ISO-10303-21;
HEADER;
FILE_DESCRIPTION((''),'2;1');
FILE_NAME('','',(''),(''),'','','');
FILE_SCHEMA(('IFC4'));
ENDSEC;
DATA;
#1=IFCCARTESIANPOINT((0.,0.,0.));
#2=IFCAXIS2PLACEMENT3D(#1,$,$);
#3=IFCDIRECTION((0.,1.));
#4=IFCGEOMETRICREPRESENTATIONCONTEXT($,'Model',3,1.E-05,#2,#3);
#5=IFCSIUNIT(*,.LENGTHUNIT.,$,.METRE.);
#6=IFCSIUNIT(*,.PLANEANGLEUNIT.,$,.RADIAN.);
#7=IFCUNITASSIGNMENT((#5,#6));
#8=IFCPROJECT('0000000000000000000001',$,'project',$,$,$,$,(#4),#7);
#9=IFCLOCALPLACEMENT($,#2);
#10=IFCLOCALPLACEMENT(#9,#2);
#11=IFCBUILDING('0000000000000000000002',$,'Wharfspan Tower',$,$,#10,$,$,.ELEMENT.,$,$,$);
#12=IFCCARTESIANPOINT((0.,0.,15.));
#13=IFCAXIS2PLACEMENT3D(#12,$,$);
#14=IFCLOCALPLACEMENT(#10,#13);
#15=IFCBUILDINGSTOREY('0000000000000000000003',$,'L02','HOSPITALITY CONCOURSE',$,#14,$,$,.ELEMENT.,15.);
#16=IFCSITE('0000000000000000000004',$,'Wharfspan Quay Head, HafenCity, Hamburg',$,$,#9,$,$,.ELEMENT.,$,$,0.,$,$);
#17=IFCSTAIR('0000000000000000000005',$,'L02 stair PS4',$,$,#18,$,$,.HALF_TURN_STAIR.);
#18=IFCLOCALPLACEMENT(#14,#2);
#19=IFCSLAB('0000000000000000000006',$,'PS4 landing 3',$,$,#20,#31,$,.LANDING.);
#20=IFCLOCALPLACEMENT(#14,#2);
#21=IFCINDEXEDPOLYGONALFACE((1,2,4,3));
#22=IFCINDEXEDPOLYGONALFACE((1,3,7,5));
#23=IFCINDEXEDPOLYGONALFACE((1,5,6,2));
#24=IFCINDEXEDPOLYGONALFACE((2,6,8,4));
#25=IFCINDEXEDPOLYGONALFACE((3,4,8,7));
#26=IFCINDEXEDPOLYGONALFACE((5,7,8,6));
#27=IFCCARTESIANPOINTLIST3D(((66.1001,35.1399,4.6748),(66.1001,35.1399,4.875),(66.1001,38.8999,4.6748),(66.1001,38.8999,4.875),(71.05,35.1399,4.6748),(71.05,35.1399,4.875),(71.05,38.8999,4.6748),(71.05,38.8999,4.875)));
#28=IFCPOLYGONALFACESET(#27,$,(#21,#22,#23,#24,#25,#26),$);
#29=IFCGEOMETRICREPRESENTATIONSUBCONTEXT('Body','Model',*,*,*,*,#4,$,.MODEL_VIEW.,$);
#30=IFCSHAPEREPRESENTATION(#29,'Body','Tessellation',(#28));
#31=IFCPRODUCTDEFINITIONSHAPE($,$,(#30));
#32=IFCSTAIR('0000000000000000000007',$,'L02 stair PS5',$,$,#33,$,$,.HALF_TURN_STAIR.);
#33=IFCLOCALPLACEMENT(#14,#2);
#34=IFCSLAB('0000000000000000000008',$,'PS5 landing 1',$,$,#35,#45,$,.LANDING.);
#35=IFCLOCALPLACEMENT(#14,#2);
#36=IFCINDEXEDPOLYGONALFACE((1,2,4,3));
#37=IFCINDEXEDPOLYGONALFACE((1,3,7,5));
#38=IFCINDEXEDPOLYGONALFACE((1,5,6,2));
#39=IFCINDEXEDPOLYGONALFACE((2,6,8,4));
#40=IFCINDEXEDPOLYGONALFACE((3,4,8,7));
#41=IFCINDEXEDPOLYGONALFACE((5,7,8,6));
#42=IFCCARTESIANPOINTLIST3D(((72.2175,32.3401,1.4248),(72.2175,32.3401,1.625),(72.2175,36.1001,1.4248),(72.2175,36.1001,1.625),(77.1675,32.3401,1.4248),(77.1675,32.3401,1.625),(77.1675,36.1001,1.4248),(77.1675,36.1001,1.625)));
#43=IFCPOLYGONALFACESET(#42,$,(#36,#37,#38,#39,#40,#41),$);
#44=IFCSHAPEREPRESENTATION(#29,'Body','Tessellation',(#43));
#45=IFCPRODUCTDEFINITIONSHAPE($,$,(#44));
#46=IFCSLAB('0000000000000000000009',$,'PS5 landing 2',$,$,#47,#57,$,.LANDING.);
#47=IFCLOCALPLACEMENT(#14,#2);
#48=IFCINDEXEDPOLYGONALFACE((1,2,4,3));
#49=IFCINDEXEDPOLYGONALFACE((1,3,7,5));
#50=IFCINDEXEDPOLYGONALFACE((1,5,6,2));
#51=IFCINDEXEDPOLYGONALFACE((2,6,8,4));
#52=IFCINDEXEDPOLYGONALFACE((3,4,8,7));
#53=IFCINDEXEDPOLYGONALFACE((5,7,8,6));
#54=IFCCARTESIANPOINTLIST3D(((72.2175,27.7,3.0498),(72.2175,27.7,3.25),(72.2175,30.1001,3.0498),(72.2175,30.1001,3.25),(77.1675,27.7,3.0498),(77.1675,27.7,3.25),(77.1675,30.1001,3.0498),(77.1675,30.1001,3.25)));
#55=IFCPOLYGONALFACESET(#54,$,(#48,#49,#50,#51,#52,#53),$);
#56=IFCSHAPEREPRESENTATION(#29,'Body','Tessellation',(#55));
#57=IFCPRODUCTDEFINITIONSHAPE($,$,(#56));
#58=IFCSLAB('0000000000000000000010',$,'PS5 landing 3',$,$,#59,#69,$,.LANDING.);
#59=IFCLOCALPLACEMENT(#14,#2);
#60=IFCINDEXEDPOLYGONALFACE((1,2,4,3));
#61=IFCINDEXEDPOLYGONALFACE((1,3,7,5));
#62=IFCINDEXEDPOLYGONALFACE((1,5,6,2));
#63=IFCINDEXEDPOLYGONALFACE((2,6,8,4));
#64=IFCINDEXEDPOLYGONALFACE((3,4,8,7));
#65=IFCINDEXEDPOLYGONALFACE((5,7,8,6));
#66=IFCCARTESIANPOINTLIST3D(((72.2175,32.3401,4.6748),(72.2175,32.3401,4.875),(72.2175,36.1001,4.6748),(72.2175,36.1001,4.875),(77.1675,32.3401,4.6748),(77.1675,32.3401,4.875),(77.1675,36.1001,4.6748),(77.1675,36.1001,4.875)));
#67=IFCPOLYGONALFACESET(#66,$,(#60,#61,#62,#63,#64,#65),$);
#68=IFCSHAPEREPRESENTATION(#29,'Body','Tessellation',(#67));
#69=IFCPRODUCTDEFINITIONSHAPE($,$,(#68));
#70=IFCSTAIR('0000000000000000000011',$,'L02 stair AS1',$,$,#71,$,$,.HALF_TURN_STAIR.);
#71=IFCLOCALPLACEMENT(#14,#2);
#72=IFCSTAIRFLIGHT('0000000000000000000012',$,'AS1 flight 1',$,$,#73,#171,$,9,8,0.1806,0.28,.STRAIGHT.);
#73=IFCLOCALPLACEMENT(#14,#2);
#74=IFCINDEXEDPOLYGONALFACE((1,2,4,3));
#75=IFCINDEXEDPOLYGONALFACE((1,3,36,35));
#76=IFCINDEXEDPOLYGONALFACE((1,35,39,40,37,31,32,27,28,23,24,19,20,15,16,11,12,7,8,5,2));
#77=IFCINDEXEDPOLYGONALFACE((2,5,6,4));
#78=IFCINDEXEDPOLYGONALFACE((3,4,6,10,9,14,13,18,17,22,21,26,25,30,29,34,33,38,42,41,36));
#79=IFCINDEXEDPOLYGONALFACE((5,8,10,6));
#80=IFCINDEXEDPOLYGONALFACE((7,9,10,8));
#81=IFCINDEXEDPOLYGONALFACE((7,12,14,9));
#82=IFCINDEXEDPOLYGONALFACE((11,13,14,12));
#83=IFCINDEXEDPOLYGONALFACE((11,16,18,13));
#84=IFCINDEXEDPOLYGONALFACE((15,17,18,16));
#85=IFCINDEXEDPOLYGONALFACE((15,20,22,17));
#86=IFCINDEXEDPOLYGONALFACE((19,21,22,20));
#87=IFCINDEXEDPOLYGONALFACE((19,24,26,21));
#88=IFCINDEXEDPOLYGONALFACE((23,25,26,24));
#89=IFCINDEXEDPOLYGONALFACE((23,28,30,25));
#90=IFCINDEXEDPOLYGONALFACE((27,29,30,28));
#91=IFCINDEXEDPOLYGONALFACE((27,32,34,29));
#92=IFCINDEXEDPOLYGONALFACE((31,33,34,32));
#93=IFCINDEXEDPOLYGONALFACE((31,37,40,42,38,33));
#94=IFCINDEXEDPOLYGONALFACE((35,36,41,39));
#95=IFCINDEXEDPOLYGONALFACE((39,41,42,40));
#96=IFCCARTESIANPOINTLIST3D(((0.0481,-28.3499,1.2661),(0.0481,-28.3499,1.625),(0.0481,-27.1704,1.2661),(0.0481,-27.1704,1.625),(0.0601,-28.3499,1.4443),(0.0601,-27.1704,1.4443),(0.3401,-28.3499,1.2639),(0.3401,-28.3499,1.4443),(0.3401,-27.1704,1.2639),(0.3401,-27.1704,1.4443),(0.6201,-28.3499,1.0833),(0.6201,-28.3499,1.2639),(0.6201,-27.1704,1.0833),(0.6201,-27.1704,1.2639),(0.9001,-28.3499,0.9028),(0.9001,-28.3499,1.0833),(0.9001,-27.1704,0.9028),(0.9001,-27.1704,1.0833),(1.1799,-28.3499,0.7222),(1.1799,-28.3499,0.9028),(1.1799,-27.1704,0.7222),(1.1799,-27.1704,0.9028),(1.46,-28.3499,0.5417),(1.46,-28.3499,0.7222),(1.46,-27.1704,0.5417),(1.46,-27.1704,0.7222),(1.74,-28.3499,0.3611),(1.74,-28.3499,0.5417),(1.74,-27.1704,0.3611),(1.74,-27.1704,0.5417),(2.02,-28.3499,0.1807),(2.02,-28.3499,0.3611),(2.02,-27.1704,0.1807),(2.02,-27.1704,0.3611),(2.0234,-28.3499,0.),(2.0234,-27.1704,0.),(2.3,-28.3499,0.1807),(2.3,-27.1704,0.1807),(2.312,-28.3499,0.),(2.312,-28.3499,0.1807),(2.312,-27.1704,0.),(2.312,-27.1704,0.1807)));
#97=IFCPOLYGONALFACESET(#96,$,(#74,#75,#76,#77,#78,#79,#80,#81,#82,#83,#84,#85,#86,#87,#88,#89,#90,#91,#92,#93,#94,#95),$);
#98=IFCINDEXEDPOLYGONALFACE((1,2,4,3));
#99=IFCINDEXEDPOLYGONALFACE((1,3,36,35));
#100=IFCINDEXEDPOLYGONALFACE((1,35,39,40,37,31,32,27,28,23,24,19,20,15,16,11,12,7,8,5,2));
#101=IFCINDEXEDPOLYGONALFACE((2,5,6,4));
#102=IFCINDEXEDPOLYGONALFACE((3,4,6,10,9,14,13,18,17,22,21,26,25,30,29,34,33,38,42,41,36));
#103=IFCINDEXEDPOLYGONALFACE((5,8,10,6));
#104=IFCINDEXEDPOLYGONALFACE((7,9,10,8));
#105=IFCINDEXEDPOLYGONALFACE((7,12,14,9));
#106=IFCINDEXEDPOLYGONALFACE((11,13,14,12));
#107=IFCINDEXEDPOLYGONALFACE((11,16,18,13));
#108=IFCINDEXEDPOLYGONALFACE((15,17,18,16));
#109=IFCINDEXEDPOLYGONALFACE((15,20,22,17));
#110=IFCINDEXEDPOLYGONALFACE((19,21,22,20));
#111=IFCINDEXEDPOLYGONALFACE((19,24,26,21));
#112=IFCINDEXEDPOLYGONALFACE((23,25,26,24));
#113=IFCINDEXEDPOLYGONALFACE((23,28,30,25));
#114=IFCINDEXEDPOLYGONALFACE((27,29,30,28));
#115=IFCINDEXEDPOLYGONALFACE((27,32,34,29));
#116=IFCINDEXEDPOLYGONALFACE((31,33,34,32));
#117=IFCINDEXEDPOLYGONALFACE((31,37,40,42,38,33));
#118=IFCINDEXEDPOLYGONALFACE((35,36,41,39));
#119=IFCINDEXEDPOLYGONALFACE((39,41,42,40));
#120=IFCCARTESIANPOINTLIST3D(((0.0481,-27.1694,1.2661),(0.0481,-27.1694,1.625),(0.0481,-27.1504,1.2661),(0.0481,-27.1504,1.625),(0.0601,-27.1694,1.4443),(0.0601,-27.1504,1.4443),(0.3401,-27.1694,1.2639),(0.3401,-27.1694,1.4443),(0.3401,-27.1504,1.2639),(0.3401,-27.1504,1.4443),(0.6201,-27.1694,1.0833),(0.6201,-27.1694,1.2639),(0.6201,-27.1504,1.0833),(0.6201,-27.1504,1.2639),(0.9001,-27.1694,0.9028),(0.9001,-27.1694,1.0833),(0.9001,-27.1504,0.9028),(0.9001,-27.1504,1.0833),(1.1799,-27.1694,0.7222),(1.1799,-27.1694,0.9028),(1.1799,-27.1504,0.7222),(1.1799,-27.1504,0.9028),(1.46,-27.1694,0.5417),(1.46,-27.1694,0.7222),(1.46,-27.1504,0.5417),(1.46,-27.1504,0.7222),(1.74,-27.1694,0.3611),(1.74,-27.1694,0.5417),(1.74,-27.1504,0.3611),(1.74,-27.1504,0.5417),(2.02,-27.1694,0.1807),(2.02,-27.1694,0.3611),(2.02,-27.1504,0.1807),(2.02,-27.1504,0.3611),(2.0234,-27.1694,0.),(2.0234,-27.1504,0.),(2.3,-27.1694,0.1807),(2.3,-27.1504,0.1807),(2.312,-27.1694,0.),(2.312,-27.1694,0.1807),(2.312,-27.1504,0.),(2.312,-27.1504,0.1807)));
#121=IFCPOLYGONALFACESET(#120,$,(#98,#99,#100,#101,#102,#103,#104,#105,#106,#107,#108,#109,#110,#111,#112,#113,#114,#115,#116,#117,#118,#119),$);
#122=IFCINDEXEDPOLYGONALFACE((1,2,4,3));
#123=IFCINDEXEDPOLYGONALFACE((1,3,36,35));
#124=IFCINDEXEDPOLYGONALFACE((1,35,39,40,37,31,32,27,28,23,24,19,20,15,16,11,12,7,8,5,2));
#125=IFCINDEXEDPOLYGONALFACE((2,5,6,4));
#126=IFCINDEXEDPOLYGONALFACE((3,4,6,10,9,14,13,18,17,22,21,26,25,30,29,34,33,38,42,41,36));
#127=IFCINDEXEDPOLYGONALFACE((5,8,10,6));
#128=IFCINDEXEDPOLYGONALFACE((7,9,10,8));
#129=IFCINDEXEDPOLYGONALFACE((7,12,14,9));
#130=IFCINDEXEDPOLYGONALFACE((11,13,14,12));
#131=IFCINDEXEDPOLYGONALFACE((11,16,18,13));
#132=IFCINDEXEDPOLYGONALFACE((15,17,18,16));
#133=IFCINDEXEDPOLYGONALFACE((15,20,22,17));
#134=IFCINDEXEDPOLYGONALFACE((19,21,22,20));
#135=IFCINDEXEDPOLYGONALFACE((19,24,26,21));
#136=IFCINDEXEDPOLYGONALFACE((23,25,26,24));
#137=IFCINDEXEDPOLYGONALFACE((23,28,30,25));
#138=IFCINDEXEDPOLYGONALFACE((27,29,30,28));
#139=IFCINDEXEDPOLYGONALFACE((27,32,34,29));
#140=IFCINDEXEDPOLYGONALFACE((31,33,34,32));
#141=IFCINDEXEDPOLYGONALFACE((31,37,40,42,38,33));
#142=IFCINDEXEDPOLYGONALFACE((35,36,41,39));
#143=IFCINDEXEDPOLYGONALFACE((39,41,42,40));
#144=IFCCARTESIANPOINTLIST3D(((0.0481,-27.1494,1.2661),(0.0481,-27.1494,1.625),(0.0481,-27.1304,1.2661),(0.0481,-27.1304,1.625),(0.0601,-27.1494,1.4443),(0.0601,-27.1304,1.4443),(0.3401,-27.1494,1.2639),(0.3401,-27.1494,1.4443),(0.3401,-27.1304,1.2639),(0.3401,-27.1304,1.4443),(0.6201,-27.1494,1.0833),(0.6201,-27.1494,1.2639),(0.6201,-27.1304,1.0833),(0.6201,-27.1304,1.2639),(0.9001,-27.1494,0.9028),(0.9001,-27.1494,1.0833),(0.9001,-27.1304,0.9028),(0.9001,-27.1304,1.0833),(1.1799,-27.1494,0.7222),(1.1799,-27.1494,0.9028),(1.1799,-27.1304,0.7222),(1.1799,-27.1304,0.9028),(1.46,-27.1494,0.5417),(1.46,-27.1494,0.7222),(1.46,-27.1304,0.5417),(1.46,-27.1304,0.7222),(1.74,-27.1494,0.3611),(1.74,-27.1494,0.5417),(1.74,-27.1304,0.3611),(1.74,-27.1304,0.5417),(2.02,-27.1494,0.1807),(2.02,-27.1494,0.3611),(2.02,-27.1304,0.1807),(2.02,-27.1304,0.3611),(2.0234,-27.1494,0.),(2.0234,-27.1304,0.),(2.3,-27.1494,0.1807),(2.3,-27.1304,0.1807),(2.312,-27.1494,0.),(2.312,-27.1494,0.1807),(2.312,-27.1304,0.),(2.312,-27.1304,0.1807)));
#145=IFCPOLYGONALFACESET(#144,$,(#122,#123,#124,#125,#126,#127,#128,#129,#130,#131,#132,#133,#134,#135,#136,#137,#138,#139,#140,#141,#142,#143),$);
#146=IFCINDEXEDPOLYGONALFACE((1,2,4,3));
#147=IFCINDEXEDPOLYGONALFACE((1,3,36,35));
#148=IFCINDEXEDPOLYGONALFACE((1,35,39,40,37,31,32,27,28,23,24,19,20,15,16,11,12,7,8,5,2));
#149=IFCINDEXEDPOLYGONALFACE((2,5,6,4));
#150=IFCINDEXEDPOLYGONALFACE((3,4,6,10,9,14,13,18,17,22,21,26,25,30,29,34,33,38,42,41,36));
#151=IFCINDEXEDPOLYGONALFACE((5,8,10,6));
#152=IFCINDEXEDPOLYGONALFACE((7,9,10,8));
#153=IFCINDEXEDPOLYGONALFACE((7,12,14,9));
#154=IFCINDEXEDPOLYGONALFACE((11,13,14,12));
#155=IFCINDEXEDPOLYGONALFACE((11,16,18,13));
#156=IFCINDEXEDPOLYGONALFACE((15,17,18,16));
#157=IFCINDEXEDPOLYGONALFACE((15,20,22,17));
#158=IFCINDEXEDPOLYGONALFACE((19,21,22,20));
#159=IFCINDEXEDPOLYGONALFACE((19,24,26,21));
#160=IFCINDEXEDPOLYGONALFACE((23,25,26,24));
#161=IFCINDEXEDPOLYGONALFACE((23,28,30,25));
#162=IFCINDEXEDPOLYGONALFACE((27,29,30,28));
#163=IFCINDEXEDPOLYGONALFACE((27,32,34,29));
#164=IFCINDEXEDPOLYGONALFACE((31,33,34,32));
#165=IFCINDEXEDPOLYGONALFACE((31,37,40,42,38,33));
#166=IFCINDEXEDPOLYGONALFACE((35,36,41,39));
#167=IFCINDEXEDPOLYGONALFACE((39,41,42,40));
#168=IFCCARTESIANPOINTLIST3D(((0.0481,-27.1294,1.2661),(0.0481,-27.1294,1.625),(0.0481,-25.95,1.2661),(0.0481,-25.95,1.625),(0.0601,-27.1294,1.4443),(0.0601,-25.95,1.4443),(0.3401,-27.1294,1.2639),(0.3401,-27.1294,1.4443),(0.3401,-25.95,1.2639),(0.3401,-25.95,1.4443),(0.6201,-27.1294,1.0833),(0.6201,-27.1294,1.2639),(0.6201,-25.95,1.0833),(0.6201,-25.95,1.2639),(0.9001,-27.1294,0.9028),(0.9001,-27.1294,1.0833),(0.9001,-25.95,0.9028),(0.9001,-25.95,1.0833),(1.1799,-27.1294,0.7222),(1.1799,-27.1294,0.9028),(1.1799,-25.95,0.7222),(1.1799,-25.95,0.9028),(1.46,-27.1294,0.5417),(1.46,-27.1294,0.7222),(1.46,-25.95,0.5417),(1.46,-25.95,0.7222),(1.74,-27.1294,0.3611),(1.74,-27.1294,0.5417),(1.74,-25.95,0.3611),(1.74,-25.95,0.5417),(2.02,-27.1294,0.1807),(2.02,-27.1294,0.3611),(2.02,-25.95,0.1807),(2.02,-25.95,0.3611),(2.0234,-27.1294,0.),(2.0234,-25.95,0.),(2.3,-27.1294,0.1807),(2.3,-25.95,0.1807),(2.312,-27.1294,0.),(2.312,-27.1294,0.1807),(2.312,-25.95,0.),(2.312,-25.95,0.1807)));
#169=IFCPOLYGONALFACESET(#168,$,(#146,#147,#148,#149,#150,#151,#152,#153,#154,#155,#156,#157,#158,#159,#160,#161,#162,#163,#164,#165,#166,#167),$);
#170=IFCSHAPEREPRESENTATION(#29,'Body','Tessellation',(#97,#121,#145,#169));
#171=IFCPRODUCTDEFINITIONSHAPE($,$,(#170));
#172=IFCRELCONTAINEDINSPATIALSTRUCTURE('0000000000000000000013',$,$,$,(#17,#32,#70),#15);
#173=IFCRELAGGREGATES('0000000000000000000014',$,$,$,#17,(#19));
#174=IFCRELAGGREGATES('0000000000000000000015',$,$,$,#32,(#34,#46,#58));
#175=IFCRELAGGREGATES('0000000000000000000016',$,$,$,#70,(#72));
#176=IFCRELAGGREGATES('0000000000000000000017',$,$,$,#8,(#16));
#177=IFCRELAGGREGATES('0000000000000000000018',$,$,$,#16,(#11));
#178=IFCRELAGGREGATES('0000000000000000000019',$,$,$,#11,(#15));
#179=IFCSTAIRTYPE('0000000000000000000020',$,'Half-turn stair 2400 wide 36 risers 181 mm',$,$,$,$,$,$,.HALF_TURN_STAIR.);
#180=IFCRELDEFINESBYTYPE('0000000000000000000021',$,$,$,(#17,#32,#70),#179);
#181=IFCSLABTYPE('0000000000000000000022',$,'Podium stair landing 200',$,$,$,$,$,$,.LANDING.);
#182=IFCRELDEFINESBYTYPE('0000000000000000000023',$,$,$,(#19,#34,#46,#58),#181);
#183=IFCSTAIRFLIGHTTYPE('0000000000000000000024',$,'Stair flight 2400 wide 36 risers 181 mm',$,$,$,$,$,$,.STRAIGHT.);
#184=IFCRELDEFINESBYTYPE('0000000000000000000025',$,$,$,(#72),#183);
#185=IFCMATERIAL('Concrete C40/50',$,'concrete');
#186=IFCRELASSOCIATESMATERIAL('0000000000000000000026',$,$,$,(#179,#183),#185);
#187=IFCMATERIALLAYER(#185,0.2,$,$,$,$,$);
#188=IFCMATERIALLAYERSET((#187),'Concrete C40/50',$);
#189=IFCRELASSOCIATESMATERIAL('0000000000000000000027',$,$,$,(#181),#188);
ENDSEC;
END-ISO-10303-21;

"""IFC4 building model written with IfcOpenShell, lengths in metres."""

from ifc_helpers import new_model, si_unit, direction, frame, origin, place, context, subcontext, project, spatial, polyline, outline, extrude, material, layer, layer_set, type_object, element, aggregate, save


model = new_model("IFC4")

# Units and contexts
model_context = context("Model", 3, precision=1e-05, world=origin(), true_north=direction((0.0, 1.0)))
body_context = subcontext(model_context, "Body", "Model", "MODEL_VIEW")
ifc_project = project(units=[si_unit("LENGTHUNIT", "METRE"), si_unit("PLANEANGLEUNIT", "RADIAN")], contexts=[model_context])

# Site, building, storey
site_placement = place(None, origin())
site = spatial("IfcSite", under=ifc_project, at=site_placement, Name="Wharfspan Quay Head, HafenCity, Hamburg", CompositionType="ELEMENT", RefElevation=0.0)
building_placement = place(site_placement, origin())
building = spatial("IfcBuilding", under=site, at=building_placement, Name="Wharfspan Tower", CompositionType="ELEMENT")
storey_placement = place(building_placement, frame((0.0, 0.0, 15.0)))
storey = spatial("IfcBuildingStorey", under=building, at=storey_placement, Name="L02", Description="HOSPITALITY CONCOURSE", CompositionType="ELEMENT", Elevation=15.0)

# Stair, slab
ifc_material_1 = material(Name="Concrete C40/50", Category="concrete")
stair_type = type_object("IfcStairType", Name="Half-turn stair 2400 wide 36 risers 181 mm", PredefinedType="HALF_TURN_STAIR", material=ifc_material_1)
stair_1_placement = place(storey_placement, origin())
stair_1 = element("IfcStair", 1, at=stair_1_placement, inside=storey, type_object=stair_type, Name="L02 stair PS4", PredefinedType="HALF_TURN_STAIR")
ifc_layer = layer(ifc_material_1, 0.2)
ifc_layer_set = layer_set([ifc_layer], Name="Concrete C40/50")
slab_type = type_object("IfcSlabType", Name="Podium stair landing 200", PredefinedType="LANDING", material=ifc_layer_set)
slab_1_placement = place(storey_placement, frame((0.0, 0.0, 4.6748)))
slab_1 = element("IfcSlab", 2, at=slab_1_placement, type_object=slab_type, Name="PS4 landing 3", PredefinedType="LANDING", context=body_context, shape_type="SweptSolid", body=[
    extrude(outline(polyline([(71.05, 35.1399), (71.05, 38.8999), (66.1001, 38.8999), (66.1001, 35.1399), (71.05, 35.1399)])), origin(), (0.0, 0.0, 1.0), 0.2002),
])
aggregate(stair_1, [slab_1])

# Stair, slabs
stair_2_placement = place(storey_placement, origin())
stair_2 = element("IfcStair", 3, at=stair_2_placement, inside=storey, type_object=stair_type, Name="L02 stair PS5", PredefinedType="HALF_TURN_STAIR")
slab_2_placement = place(storey_placement, frame((0.0, 0.0, 1.4248)))
slab_2 = element("IfcSlab", 4, at=slab_2_placement, type_object=slab_type, Name="PS5 landing 1", PredefinedType="LANDING", context=body_context, shape_type="SweptSolid", body=[
    extrude(outline(polyline([(77.1675, 32.3401), (77.1675, 36.1001), (72.2175, 36.1001), (72.2175, 32.3401), (77.1675, 32.3401)])), origin(), (0.0, 0.0, 1.0), 0.2002),
])
slab_3_placement = place(storey_placement, frame((0.0, 0.0, 3.0498)))
slab_3 = element("IfcSlab", 5, at=slab_3_placement, type_object=slab_type, Name="PS5 landing 2", PredefinedType="LANDING", context=body_context, shape_type="SweptSolid", body=[
    extrude(outline(polyline([(77.1675, 27.7), (77.1675, 30.1001), (72.2175, 30.1001), (72.2175, 27.7), (77.1675, 27.7)])), origin(), (0.0, 0.0, 1.0), 0.2002),
])
slab_4_placement = place(storey_placement, frame((0.0, 0.0, 4.6748)))
slab_4 = element("IfcSlab", 6, at=slab_4_placement, type_object=slab_type, Name="PS5 landing 3", PredefinedType="LANDING", context=body_context, shape_type="SweptSolid", body=[
    extrude(outline(polyline([(77.1675, 32.3401), (77.1675, 36.1001), (72.2175, 36.1001), (72.2175, 32.3401), (77.1675, 32.3401)])), origin(), (0.0, 0.0, 1.0), 0.2002),
])
aggregate(stair_2, [slab_2, slab_3, slab_4])

# Stair, stair flight
stair_3_placement = place(storey_placement, origin())
stair_3 = element("IfcStair", 7, at=stair_3_placement, inside=storey, type_object=stair_type, Name="L02 stair AS1", PredefinedType="HALF_TURN_STAIR")
stair_flight_type = type_object("IfcStairFlightType", Name="Stair flight 2400 wide 36 risers 181 mm", PredefinedType="STRAIGHT", material=ifc_material_1)
stair_flight_1_placement = place(storey_placement, frame((2.3, -27.1499, 0.0), z_axis=(0.0, 0.0, 1.0), x_axis=(-1.0, 0.0, 0.0)))
stair_flight_1 = element("IfcStairFlight", 8, at=stair_flight_1_placement, type_object=stair_flight_type, Name="AS1 flight 1", NumberOfRisers=9, NumberOfTreads=8, PredefinedType="STRAIGHT", RiserHeight=0.1806, TreadLength=0.28, context=body_context, shape_type="SweptSolid", body=[
    extrude(outline(polyline([(-0.012, 0.0), (-0.012, 0.1807), (0.0, 0.1807), (0.28, 0.1807), (0.28, 0.3611), (0.5601, 0.3611), (0.5601, 0.5417), (0.8401, 0.5417), (0.8401, 0.7222), (1.1201, 0.7222), (1.1201, 0.9028), (1.3999, 0.9028), (1.3999, 1.0833), (1.6799, 1.0833), (1.6799, 1.2639), (1.96, 1.2639), (1.96, 1.4443), (2.24, 1.4443), (2.252, 1.625), (2.252, 1.2661), (0.2766, 0.0), (-0.012, 0.0)])), frame((0.0, 1.2, 0.0), z_axis=(0.0, -1.0, 0.0), x_axis=(1.0, 0.0, 0.0)), (0.0, 0.0, 1.0), 1.1794),
    extrude(outline(polyline([(-0.012, 0.0), (-0.012, 0.1807), (0.0, 0.1807), (0.28, 0.1807), (0.28, 0.3611), (0.5601, 0.3611), (0.5601, 0.5417), (0.8401, 0.5417), (0.8401, 0.7222), (1.1201, 0.7222), (1.1201, 0.9028), (1.3999, 0.9028), (1.3999, 1.0833), (1.6799, 1.0833), (1.6799, 1.2639), (1.96, 1.2639), (1.96, 1.4443), (2.24, 1.4443), (2.252, 1.625), (2.252, 1.2661), (0.2766, 0.0), (-0.012, 0.0)])), frame((0.0, 0.0195, 0.0), z_axis=(0.0, -1.0, 0.0), x_axis=(1.0, 0.0, 0.0)), (0.0, 0.0, 1.0), 0.019),
    extrude(outline(polyline([(-0.012, 0.0), (-0.012, 0.1807), (0.0, 0.1807), (0.28, 0.1807), (0.28, 0.3611), (0.5601, 0.3611), (0.5601, 0.5417), (0.8401, 0.5417), (0.8401, 0.7222), (1.1201, 0.7222), (1.1201, 0.9028), (1.3999, 0.9028), (1.3999, 1.0833), (1.6799, 1.0833), (1.6799, 1.2639), (1.96, 1.2639), (1.96, 1.4443), (2.24, 1.4443), (2.252, 1.625), (2.252, 1.2661), (0.2766, 0.0), (-0.012, 0.0)])), frame((0.0, -0.0005, 0.0), z_axis=(0.0, -1.0, 0.0), x_axis=(1.0, 0.0, 0.0)), (0.0, 0.0, 1.0), 0.019),
    extrude(outline(polyline([(-0.012, 0.0), (-0.012, 0.1807), (0.0, 0.1807), (0.28, 0.1807), (0.28, 0.3611), (0.5601, 0.3611), (0.5601, 0.5417), (0.8401, 0.5417), (0.8401, 0.7222), (1.1201, 0.7222), (1.1201, 0.9028), (1.3999, 0.9028), (1.3999, 1.0833), (1.6799, 1.0833), (1.6799, 1.2639), (1.96, 1.2639), (1.96, 1.4443), (2.24, 1.4443), (2.252, 1.625), (2.252, 1.2661), (0.2766, 0.0), (-0.012, 0.0)])), frame((0.0, -0.0205, 0.0), z_axis=(0.0, -1.0, 0.0), x_axis=(1.0, 0.0, 0.0)), (0.0, 0.0, 1.0), 1.1794),
])
aggregate(stair_3, [stair_flight_1])

save(model, "model.ifc")
